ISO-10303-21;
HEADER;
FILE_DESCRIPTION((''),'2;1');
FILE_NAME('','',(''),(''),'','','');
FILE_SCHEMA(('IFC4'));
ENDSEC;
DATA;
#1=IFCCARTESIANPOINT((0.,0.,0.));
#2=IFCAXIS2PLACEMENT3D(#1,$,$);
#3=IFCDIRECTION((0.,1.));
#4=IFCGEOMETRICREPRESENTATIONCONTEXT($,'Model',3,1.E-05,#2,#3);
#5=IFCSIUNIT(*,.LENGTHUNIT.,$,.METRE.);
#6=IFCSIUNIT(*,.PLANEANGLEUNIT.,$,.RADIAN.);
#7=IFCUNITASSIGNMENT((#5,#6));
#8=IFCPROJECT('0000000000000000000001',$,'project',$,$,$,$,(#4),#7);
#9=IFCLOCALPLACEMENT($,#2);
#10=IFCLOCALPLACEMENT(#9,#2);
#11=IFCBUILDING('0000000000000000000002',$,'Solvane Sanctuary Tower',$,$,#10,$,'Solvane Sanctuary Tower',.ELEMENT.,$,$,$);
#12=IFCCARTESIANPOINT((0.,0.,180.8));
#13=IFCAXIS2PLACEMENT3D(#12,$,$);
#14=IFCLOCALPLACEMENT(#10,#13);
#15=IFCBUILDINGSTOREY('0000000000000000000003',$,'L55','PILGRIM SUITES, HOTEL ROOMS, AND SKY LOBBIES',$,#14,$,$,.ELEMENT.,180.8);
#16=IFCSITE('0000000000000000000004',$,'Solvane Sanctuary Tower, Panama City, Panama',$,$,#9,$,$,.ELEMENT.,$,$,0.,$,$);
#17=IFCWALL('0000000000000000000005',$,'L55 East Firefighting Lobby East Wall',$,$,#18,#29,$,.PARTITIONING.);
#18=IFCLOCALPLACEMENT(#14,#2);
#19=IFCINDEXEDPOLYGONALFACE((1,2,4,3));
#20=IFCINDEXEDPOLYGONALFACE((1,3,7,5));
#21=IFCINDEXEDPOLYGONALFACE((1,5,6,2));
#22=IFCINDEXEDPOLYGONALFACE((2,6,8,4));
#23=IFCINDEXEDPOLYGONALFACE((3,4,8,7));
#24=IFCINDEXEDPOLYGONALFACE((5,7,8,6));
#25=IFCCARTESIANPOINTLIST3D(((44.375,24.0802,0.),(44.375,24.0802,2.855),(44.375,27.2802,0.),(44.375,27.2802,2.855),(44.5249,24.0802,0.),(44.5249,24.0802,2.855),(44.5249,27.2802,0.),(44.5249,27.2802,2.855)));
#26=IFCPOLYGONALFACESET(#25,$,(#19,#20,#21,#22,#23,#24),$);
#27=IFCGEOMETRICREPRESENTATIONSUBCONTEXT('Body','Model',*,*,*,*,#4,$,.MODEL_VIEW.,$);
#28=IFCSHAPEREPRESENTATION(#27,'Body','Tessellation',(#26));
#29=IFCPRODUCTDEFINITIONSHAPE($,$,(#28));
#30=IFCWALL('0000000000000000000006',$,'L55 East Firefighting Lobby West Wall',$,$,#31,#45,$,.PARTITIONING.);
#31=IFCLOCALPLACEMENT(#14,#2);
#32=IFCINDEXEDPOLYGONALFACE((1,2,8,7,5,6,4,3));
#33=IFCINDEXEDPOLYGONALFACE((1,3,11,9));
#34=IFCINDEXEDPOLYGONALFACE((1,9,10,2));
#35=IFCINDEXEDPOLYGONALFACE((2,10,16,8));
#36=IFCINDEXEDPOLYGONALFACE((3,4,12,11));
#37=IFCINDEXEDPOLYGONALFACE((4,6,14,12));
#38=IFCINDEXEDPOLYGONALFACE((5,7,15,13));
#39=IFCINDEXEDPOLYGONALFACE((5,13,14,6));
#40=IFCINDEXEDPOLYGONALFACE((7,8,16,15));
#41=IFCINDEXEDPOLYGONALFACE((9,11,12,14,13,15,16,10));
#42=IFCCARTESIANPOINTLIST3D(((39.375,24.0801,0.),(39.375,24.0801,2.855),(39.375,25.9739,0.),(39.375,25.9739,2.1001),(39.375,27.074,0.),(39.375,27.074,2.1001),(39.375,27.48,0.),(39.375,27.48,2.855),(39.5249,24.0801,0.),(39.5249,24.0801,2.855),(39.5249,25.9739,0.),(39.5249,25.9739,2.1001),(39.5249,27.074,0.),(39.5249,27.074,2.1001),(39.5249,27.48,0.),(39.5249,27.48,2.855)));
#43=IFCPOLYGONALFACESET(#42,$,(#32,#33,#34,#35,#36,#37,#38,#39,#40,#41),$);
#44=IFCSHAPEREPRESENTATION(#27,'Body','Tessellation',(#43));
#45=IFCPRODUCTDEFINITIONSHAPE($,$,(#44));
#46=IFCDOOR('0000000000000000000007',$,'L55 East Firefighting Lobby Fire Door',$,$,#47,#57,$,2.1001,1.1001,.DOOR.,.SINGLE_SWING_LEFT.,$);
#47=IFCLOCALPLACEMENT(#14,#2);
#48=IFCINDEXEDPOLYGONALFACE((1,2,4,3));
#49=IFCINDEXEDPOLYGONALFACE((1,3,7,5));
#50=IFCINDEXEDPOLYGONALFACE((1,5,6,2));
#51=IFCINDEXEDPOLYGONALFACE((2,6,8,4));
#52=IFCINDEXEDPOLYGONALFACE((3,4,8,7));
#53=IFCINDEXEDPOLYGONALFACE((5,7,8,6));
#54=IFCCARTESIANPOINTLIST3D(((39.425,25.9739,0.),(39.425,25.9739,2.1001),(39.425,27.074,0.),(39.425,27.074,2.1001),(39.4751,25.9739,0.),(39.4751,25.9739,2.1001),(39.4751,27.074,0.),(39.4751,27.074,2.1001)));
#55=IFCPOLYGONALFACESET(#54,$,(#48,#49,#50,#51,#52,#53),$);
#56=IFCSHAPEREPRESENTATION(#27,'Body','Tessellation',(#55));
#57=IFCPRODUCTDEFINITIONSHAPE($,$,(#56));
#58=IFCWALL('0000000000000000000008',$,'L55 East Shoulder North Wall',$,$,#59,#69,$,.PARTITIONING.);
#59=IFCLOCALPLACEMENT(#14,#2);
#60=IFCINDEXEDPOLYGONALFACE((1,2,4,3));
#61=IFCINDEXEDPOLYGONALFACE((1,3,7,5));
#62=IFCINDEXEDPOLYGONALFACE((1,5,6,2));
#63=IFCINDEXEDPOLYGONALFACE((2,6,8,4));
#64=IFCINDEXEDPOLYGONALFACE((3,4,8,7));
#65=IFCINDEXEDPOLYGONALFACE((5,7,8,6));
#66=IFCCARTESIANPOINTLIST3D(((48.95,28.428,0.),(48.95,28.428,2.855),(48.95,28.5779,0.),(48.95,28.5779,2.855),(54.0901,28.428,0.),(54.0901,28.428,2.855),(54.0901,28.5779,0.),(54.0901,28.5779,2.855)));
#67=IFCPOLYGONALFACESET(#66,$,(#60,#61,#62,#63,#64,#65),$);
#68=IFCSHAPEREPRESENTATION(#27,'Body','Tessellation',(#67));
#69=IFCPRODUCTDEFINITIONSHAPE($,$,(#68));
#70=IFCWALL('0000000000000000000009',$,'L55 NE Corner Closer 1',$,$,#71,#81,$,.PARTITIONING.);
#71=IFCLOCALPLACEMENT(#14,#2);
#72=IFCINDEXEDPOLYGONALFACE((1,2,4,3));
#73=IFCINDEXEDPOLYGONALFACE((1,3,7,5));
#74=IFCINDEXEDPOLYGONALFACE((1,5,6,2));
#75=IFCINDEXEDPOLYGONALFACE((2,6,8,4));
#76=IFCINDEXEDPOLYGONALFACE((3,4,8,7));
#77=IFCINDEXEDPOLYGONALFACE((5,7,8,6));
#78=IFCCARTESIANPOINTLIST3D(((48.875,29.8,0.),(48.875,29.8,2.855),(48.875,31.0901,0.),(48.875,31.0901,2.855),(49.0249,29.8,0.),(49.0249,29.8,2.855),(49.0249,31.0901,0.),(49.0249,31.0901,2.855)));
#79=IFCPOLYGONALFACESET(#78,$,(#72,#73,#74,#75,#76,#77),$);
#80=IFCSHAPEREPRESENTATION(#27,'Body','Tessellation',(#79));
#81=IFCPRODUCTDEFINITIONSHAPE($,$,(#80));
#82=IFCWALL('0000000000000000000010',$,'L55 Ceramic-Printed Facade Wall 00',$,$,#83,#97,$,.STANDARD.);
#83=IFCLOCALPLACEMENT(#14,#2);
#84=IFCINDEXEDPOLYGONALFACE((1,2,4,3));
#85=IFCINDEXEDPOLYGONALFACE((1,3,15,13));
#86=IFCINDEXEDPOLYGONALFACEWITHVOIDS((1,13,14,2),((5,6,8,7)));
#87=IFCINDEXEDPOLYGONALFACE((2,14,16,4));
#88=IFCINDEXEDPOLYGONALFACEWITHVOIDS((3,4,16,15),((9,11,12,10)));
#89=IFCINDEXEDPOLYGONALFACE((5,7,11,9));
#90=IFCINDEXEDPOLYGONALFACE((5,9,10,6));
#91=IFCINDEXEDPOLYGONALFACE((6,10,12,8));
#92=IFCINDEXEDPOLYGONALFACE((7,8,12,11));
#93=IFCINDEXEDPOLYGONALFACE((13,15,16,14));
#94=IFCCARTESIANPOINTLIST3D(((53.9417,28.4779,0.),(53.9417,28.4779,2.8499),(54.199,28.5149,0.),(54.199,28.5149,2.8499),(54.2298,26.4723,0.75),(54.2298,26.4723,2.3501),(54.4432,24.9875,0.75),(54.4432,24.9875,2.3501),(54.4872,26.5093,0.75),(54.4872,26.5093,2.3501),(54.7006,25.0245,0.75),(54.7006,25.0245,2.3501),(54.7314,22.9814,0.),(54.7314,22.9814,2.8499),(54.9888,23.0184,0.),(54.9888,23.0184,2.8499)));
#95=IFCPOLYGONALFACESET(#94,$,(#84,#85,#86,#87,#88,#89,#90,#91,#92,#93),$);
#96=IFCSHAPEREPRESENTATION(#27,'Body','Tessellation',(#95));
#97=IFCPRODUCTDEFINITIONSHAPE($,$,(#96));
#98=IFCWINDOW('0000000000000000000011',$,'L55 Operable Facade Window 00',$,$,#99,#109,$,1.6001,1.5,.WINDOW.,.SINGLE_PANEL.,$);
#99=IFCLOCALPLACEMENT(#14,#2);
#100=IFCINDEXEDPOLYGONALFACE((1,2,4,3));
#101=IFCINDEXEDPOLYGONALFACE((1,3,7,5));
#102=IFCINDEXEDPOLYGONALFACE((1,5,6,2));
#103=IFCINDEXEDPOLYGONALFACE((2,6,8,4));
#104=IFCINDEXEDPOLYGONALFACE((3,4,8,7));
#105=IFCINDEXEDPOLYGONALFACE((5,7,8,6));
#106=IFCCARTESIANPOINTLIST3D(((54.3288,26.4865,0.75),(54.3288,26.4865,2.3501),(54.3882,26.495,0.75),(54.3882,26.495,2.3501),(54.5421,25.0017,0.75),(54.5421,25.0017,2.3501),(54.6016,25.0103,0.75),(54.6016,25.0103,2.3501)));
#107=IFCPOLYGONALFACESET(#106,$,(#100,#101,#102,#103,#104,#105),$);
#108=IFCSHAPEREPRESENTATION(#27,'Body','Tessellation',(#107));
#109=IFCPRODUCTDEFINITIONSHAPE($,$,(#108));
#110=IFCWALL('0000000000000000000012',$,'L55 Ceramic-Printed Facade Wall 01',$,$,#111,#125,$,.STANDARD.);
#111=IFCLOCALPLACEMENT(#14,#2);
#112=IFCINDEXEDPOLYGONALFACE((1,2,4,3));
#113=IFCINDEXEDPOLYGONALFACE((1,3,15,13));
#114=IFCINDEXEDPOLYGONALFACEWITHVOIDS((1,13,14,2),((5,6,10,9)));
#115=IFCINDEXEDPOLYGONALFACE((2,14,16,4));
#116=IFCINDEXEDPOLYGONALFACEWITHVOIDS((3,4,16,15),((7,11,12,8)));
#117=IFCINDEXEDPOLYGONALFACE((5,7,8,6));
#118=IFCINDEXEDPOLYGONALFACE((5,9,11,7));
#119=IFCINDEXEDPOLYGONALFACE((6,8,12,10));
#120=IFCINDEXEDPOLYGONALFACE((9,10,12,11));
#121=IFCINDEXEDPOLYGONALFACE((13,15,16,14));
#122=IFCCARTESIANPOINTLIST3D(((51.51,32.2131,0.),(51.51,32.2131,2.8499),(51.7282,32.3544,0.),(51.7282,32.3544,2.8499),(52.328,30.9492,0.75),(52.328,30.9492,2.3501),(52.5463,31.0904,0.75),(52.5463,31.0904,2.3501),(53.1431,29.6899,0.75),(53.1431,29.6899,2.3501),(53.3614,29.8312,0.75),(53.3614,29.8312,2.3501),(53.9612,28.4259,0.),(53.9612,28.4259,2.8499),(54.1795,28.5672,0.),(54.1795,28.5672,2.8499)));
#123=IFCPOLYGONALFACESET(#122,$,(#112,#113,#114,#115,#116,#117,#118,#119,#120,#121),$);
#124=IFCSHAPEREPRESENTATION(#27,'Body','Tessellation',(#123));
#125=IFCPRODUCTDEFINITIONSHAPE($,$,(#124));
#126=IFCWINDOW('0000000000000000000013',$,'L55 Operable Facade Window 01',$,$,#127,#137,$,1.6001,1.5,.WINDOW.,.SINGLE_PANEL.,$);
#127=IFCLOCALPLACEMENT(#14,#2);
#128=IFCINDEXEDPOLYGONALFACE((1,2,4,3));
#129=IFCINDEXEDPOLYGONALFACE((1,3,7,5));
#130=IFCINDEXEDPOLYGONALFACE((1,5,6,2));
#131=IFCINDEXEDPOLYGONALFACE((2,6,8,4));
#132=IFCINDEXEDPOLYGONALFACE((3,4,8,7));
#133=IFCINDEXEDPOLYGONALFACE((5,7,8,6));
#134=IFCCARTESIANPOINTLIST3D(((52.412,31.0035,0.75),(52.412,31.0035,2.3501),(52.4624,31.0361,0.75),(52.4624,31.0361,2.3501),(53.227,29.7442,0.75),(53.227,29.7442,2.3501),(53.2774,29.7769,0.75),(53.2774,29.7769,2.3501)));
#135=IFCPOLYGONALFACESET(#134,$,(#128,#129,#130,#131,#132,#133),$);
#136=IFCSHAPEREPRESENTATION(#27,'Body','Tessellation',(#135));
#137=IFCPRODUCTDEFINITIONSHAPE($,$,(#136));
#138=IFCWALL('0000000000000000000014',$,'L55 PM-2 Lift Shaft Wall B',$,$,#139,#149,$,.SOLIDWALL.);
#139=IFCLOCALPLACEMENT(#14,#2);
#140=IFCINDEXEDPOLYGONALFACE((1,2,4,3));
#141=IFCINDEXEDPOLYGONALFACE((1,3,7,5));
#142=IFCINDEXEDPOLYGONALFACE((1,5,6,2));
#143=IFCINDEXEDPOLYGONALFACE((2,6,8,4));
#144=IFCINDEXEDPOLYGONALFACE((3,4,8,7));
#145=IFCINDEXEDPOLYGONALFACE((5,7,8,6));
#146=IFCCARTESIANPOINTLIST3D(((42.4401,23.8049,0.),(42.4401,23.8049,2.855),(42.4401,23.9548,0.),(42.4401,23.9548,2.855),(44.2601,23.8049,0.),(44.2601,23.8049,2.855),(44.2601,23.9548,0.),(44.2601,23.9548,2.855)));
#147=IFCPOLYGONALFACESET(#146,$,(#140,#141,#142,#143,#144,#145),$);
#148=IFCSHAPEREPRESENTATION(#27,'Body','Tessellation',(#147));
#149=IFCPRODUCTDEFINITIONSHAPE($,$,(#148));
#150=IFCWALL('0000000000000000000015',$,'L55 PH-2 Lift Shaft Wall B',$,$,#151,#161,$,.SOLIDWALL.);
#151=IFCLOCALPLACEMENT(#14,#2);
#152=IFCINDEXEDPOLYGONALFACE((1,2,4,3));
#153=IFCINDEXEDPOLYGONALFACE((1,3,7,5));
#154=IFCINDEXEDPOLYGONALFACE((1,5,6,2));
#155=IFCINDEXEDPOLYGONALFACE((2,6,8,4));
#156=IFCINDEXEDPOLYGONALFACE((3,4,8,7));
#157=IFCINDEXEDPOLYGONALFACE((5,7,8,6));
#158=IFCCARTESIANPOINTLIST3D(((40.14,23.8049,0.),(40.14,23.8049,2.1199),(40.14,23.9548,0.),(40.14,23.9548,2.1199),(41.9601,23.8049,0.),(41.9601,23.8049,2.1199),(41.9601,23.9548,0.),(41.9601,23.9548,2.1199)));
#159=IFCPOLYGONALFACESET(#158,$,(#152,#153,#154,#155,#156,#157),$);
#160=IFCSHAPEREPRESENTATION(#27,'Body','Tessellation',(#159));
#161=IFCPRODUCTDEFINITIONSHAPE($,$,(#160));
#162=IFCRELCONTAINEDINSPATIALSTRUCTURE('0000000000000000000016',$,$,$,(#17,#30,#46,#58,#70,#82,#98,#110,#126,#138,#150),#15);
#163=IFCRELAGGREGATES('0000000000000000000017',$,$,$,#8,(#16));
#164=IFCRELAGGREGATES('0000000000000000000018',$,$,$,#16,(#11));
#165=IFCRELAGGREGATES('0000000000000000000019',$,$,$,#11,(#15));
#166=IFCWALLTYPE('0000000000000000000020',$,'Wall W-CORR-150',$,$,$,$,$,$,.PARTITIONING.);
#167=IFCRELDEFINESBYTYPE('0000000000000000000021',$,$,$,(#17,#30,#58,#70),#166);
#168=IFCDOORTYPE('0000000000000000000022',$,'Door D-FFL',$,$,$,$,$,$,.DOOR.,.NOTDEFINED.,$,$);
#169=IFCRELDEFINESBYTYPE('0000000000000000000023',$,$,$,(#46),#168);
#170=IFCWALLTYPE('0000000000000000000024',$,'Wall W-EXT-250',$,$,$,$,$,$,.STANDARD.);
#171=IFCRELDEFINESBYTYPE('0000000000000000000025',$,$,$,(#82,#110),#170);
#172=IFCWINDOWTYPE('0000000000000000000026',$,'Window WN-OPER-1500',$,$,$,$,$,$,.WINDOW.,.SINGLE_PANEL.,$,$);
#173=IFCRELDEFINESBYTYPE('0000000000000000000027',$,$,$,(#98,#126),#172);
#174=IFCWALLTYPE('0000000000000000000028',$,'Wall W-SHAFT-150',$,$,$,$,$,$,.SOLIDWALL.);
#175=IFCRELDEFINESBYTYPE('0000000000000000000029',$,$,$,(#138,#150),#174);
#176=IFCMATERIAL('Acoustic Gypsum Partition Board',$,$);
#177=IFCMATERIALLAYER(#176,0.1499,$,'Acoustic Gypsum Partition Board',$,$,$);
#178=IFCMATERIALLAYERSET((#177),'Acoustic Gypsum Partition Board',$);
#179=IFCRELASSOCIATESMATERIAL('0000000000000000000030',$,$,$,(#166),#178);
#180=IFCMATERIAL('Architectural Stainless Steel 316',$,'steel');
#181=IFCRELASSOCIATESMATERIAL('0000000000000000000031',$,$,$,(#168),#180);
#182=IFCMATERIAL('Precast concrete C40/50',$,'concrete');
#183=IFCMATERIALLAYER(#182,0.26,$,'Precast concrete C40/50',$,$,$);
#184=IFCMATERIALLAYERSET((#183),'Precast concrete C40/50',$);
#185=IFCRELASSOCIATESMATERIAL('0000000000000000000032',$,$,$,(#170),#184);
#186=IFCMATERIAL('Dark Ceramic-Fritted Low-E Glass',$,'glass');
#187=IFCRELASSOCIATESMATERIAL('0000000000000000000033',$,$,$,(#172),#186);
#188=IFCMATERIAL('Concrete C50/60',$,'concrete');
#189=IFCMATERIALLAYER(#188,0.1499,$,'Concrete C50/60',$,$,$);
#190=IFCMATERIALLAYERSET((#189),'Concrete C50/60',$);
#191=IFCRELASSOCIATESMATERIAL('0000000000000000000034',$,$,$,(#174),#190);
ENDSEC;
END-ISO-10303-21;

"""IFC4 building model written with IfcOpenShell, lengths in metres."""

from ifc_helpers import new_model, si_unit, direction, frame, frame_2d, origin, place, context, subcontext, project, spatial, rectangle, extrude, material, layer, layer_set, type_object, element, fill, save


model = new_model("IFC4")

# Units and contexts
model_context = context("Model", 3, precision=1e-05, world=origin(), true_north=direction((0.0, 1.0)))
body_context = subcontext(model_context, "Body", "Model", "MODEL_VIEW")
ifc_project = project(units=[si_unit("LENGTHUNIT", "METRE"), si_unit("PLANEANGLEUNIT", "RADIAN")], contexts=[model_context])

# Site, building, storey
site_placement = place(None, origin())
site = spatial("IfcSite", under=ifc_project, at=site_placement, Name="Solvane Sanctuary Tower, Panama City, Panama", CompositionType="ELEMENT", RefElevation=0.0)
building_placement = place(site_placement, origin())
building = spatial("IfcBuilding", under=site, at=building_placement, Name="Solvane Sanctuary Tower", LongName="Solvane Sanctuary Tower", CompositionType="ELEMENT")
storey_placement = place(building_placement, frame((0.0, 0.0, 180.8)))
storey = spatial("IfcBuildingStorey", under=building, at=storey_placement, Name="L55", Description="PILGRIM SUITES, HOTEL ROOMS, AND SKY LOBBIES", CompositionType="ELEMENT", Elevation=180.8)

# Wall
ifc_material_1 = material(Name="Acoustic Gypsum Partition Board")
ifc_layer_1 = layer(ifc_material_1, 0.1499, Name="Acoustic Gypsum Partition Board")
ifc_layer_set_1 = layer_set([ifc_layer_1], Name="Acoustic Gypsum Partition Board")
wall_type_1 = type_object("IfcWallType", Name="Wall W-CORR-150", PredefinedType="PARTITIONING", material=ifc_layer_set_1)
wall_1_placement = place(storey_placement, frame((44.45, 24.0801, 0.0), z_axis=(0.0, 0.0, 1.0), x_axis=(0.0, 1.0, 0.0)))
element("IfcWall", 1, at=wall_1_placement, inside=storey, type_object=wall_type_1, Name="L55 East Firefighting Lobby East Wall", PredefinedType="PARTITIONING", context=body_context, shape_type="SweptSolid", body=[
    extrude(rectangle(XDim=3.2, YDim=0.1499, at=frame_2d((1.6001, 0.0))), origin(), (0.0, 0.0, 1.0), 2.855),
])

# Wall, opening, door
wall_2_placement = place(storey_placement, frame((39.45, 24.0801, 0.0), z_axis=(0.0, 0.0, 1.0), x_axis=(0.0, 1.0, 0.0)))
wall_2 = element("IfcWall", 2, at=wall_2_placement, inside=storey, type_object=wall_type_1, Name="L55 East Firefighting Lobby West Wall", PredefinedType="PARTITIONING", context=body_context, shape_type="SweptSolid", body=[
    extrude(rectangle(XDim=3.3999, YDim=0.1499, at=frame_2d((1.7, 0.0))), origin(), (0.0, 0.0, 1.0), 2.855),
])
opening_1_placement = place(wall_2_placement, frame((1.8938, 0.0, 0.0)))
opening_1 = element("IfcOpeningElement", 3, at=opening_1_placement, cuts=wall_2, PredefinedType="OPENING", context=body_context, shape_type="SweptSolid", body=[
    extrude(rectangle(XDim=1.1001, YDim=2.1001, at=frame_2d((0.55, 1.05))), frame((0.0, 0.085, 0.0), z_axis=(0.0, -1.0, 0.0), x_axis=(1.0, 0.0, 0.0)), (0.0, 0.0, 1.0), 0.1699),
])
ifc_material_2 = material(Name="Architectural Stainless Steel 316", Category="steel")
door_type_1 = type_object("IfcDoorType", Name="Door D-FFL", OperationType="NOTDEFINED", PredefinedType="DOOR", material=ifc_material_2)
door_1_placement = place(opening_1_placement, origin())
door_1 = element("IfcDoor", 4, at=door_1_placement, inside=storey, type_object=door_type_1, Name="L55 East Firefighting Lobby Fire Door", OperationType="SINGLE_SWING_LEFT", OverallHeight=2.1001, OverallWidth=1.1001, PredefinedType="DOOR", context=body_context, shape_type="SweptSolid", body=[
    extrude(rectangle(XDim=1.1001, YDim=2.1001, at=frame_2d((0.55, 1.05))), frame((0.0, 0.0249, 0.0), z_axis=(0.0, -1.0, 0.0), x_axis=(1.0, 0.0, 0.0)), (0.0, 0.0, 1.0), 0.05),
])
fill(opening_1, door_1)

# Walls
wall_3_placement = place(storey_placement, frame((48.95, 28.5029, 0.0), z_axis=(0.0, 0.0, 1.0), x_axis=(1.0, 0.0, 0.0)))
element("IfcWall", 5, at=wall_3_placement, inside=storey, type_object=wall_type_1, Name="L55 East Shoulder North Wall", PredefinedType="PARTITIONING", context=body_context, shape_type="SweptSolid", body=[
    extrude(rectangle(XDim=5.1401, YDim=0.1499, at=frame_2d((2.5701, 0.0))), origin(), (0.0, 0.0, 1.0), 2.855),
])
wall_4_placement = place(storey_placement, frame((48.95, 29.8, 0.0), z_axis=(0.0, 0.0, 1.0), x_axis=(0.0, 1.0, 0.0)))
element("IfcWall", 6, at=wall_4_placement, inside=storey, type_object=wall_type_1, Name="L55 NE Corner Closer 1", PredefinedType="PARTITIONING", context=body_context, shape_type="SweptSolid", body=[
    extrude(rectangle(XDim=1.29, YDim=0.1499, at=frame_2d((0.645, 0.0))), origin(), (0.0, 0.0, 1.0), 2.855),
])

# Walls, openings, windows
ifc_material_3 = material(Name="Precast concrete C40/50", Category="concrete")
ifc_layer_2 = layer(ifc_material_3, 0.26, Name="Precast concrete C40/50")
ifc_layer_set_2 = layer_set([ifc_layer_2], Name="Precast concrete C40/50")
wall_type_2 = type_object("IfcWallType", Name="Wall W-EXT-250", PredefinedType="STANDARD", material=ifc_layer_set_2)
wall_5_placement = place(storey_placement, frame((54.8601, 23.0, 0.0), z_axis=(0.0, 0.0, 1.0), x_axis=(-0.142228, 0.989834, 0.0)))
wall_5 = element("IfcWall", 7, at=wall_5_placement, inside=storey, type_object=wall_type_2, Name="L55 Ceramic-Printed Facade Wall 00", PredefinedType="STANDARD", context=body_context, shape_type="SweptSolid", body=[
    extrude(rectangle(XDim=5.553, YDim=0.26, at=frame_2d((2.7764, 0.0))), origin(), (0.0, 0.0, 1.0), 2.8499),
])
opening_2_placement = place(wall_5_placement, frame((2.0266, 0.0, 0.75)))
opening_2 = element("IfcOpeningElement", 8, at=opening_2_placement, cuts=wall_5, PredefinedType="OPENING", context=body_context, shape_type="SweptSolid", body=[
    extrude(rectangle(XDim=1.5, YDim=1.6001, at=frame_2d((0.75, 0.8))), frame((0.0, 0.1399, 0.0), z_axis=(0.0, -1.0, 0.0), x_axis=(1.0, 0.0, 0.0)), (0.0, 0.0, 1.0), 0.28),
])
ifc_material_4 = material(Name="Dark Ceramic-Fritted Low-E Glass", Category="glass")
window_type = type_object("IfcWindowType", Name="Window WN-OPER-1500", PartitioningType="SINGLE_PANEL", PredefinedType="WINDOW", material=ifc_material_4)
window_1_placement = place(opening_2_placement, origin())
window_1 = element("IfcWindow", 9, at=window_1_placement, inside=storey, type_object=window_type, Name="L55 Operable Facade Window 00", OverallHeight=1.6001, OverallWidth=1.5, PartitioningType="SINGLE_PANEL", PredefinedType="WINDOW", context=body_context, shape_type="SweptSolid", body=[
    extrude(rectangle(XDim=1.5, YDim=1.6001, at=frame_2d((0.75, 0.8))), frame((0.0, 0.03, 0.0), z_axis=(0.0, -1.0, 0.0), x_axis=(1.0, 0.0, 0.0)), (0.0, 0.0, 1.0), 0.0601),
])
fill(opening_2, window_1)
wall_6_placement = place(storey_placement, frame((54.0703, 28.4966, 0.0), z_axis=(0.0, 0.0, 1.0), x_axis=(-0.543359, 0.8395, 0.0)))
wall_6 = element("IfcWall", 10, at=wall_6_placement, inside=storey, type_object=wall_type_2, Name="L55 Ceramic-Printed Facade Wall 01", PredefinedType="STANDARD", context=body_context, shape_type="SweptSolid", body=[
    extrude(rectangle(XDim=4.5112, YDim=0.26, at=frame_2d((2.2556, 0.0))), origin(), (0.0, 0.0, 1.0), 2.8499),
])
opening_3_placement = place(wall_6_placement, frame((1.5056, 0.0, 0.75)))
opening_3 = element("IfcOpeningElement", 11, at=opening_3_placement, cuts=wall_6, PredefinedType="OPENING", context=body_context, shape_type="SweptSolid", body=[
    extrude(rectangle(XDim=1.5, YDim=1.6001, at=frame_2d((0.75, 0.8))), frame((0.0, 0.1399, 0.0), z_axis=(0.0, -1.0, 0.0), x_axis=(1.0, 0.0, 0.0)), (0.0, 0.0, 1.0), 0.28),
])
window_2_placement = place(opening_3_placement, origin())
window_2 = element("IfcWindow", 12, at=window_2_placement, inside=storey, type_object=window_type, Name="L55 Operable Facade Window 01", OverallHeight=1.6001, OverallWidth=1.5, PartitioningType="SINGLE_PANEL", PredefinedType="WINDOW", context=body_context, shape_type="SweptSolid", body=[
    extrude(rectangle(XDim=1.5, YDim=1.6001, at=frame_2d((0.75, 0.8))), frame((0.0, 0.03, 0.0), z_axis=(0.0, -1.0, 0.0), x_axis=(1.0, 0.0, 0.0)), (0.0, 0.0, 1.0), 0.0601),
])
fill(opening_3, window_2)

# Walls
ifc_material_5 = material(Name="Concrete C50/60", Category="concrete")
ifc_layer_3 = layer(ifc_material_5, 0.1499, Name="Concrete C50/60")
ifc_layer_set_3 = layer_set([ifc_layer_3], Name="Concrete C50/60")
wall_type_3 = type_object("IfcWallType", Name="Wall W-SHAFT-150", PredefinedType="SOLIDWALL", material=ifc_layer_set_3)
wall_7_placement = place(storey_placement, frame((42.4399, 23.8799, 0.0), z_axis=(0.0, 0.0, 1.0), x_axis=(1.0, 0.0, 0.0)))
element("IfcWall", 13, at=wall_7_placement, inside=storey, type_object=wall_type_3, Name="L55 PM-2 Lift Shaft Wall B", PredefinedType="SOLIDWALL", context=body_context, shape_type="SweptSolid", body=[
    extrude(rectangle(XDim=1.8201, YDim=0.1499, at=frame_2d((0.9102, 0.0))), origin(), (0.0, 0.0, 1.0), 2.855),
])
wall_8_placement = place(storey_placement, frame((40.1399, 23.8799, 0.0), z_axis=(0.0, 0.0, 1.0), x_axis=(1.0, 0.0, 0.0)))
element("IfcWall", 14, at=wall_8_placement, inside=storey, type_object=wall_type_3, Name="L55 PH-2 Lift Shaft Wall B", PredefinedType="SOLIDWALL", context=body_context, shape_type="SweptSolid", body=[
    extrude(rectangle(XDim=1.8201, YDim=0.1499, at=frame_2d((0.9102, 0.0))), origin(), (0.0, 0.0, 1.0), 2.1199),
])

save(model, "model.ifc")
